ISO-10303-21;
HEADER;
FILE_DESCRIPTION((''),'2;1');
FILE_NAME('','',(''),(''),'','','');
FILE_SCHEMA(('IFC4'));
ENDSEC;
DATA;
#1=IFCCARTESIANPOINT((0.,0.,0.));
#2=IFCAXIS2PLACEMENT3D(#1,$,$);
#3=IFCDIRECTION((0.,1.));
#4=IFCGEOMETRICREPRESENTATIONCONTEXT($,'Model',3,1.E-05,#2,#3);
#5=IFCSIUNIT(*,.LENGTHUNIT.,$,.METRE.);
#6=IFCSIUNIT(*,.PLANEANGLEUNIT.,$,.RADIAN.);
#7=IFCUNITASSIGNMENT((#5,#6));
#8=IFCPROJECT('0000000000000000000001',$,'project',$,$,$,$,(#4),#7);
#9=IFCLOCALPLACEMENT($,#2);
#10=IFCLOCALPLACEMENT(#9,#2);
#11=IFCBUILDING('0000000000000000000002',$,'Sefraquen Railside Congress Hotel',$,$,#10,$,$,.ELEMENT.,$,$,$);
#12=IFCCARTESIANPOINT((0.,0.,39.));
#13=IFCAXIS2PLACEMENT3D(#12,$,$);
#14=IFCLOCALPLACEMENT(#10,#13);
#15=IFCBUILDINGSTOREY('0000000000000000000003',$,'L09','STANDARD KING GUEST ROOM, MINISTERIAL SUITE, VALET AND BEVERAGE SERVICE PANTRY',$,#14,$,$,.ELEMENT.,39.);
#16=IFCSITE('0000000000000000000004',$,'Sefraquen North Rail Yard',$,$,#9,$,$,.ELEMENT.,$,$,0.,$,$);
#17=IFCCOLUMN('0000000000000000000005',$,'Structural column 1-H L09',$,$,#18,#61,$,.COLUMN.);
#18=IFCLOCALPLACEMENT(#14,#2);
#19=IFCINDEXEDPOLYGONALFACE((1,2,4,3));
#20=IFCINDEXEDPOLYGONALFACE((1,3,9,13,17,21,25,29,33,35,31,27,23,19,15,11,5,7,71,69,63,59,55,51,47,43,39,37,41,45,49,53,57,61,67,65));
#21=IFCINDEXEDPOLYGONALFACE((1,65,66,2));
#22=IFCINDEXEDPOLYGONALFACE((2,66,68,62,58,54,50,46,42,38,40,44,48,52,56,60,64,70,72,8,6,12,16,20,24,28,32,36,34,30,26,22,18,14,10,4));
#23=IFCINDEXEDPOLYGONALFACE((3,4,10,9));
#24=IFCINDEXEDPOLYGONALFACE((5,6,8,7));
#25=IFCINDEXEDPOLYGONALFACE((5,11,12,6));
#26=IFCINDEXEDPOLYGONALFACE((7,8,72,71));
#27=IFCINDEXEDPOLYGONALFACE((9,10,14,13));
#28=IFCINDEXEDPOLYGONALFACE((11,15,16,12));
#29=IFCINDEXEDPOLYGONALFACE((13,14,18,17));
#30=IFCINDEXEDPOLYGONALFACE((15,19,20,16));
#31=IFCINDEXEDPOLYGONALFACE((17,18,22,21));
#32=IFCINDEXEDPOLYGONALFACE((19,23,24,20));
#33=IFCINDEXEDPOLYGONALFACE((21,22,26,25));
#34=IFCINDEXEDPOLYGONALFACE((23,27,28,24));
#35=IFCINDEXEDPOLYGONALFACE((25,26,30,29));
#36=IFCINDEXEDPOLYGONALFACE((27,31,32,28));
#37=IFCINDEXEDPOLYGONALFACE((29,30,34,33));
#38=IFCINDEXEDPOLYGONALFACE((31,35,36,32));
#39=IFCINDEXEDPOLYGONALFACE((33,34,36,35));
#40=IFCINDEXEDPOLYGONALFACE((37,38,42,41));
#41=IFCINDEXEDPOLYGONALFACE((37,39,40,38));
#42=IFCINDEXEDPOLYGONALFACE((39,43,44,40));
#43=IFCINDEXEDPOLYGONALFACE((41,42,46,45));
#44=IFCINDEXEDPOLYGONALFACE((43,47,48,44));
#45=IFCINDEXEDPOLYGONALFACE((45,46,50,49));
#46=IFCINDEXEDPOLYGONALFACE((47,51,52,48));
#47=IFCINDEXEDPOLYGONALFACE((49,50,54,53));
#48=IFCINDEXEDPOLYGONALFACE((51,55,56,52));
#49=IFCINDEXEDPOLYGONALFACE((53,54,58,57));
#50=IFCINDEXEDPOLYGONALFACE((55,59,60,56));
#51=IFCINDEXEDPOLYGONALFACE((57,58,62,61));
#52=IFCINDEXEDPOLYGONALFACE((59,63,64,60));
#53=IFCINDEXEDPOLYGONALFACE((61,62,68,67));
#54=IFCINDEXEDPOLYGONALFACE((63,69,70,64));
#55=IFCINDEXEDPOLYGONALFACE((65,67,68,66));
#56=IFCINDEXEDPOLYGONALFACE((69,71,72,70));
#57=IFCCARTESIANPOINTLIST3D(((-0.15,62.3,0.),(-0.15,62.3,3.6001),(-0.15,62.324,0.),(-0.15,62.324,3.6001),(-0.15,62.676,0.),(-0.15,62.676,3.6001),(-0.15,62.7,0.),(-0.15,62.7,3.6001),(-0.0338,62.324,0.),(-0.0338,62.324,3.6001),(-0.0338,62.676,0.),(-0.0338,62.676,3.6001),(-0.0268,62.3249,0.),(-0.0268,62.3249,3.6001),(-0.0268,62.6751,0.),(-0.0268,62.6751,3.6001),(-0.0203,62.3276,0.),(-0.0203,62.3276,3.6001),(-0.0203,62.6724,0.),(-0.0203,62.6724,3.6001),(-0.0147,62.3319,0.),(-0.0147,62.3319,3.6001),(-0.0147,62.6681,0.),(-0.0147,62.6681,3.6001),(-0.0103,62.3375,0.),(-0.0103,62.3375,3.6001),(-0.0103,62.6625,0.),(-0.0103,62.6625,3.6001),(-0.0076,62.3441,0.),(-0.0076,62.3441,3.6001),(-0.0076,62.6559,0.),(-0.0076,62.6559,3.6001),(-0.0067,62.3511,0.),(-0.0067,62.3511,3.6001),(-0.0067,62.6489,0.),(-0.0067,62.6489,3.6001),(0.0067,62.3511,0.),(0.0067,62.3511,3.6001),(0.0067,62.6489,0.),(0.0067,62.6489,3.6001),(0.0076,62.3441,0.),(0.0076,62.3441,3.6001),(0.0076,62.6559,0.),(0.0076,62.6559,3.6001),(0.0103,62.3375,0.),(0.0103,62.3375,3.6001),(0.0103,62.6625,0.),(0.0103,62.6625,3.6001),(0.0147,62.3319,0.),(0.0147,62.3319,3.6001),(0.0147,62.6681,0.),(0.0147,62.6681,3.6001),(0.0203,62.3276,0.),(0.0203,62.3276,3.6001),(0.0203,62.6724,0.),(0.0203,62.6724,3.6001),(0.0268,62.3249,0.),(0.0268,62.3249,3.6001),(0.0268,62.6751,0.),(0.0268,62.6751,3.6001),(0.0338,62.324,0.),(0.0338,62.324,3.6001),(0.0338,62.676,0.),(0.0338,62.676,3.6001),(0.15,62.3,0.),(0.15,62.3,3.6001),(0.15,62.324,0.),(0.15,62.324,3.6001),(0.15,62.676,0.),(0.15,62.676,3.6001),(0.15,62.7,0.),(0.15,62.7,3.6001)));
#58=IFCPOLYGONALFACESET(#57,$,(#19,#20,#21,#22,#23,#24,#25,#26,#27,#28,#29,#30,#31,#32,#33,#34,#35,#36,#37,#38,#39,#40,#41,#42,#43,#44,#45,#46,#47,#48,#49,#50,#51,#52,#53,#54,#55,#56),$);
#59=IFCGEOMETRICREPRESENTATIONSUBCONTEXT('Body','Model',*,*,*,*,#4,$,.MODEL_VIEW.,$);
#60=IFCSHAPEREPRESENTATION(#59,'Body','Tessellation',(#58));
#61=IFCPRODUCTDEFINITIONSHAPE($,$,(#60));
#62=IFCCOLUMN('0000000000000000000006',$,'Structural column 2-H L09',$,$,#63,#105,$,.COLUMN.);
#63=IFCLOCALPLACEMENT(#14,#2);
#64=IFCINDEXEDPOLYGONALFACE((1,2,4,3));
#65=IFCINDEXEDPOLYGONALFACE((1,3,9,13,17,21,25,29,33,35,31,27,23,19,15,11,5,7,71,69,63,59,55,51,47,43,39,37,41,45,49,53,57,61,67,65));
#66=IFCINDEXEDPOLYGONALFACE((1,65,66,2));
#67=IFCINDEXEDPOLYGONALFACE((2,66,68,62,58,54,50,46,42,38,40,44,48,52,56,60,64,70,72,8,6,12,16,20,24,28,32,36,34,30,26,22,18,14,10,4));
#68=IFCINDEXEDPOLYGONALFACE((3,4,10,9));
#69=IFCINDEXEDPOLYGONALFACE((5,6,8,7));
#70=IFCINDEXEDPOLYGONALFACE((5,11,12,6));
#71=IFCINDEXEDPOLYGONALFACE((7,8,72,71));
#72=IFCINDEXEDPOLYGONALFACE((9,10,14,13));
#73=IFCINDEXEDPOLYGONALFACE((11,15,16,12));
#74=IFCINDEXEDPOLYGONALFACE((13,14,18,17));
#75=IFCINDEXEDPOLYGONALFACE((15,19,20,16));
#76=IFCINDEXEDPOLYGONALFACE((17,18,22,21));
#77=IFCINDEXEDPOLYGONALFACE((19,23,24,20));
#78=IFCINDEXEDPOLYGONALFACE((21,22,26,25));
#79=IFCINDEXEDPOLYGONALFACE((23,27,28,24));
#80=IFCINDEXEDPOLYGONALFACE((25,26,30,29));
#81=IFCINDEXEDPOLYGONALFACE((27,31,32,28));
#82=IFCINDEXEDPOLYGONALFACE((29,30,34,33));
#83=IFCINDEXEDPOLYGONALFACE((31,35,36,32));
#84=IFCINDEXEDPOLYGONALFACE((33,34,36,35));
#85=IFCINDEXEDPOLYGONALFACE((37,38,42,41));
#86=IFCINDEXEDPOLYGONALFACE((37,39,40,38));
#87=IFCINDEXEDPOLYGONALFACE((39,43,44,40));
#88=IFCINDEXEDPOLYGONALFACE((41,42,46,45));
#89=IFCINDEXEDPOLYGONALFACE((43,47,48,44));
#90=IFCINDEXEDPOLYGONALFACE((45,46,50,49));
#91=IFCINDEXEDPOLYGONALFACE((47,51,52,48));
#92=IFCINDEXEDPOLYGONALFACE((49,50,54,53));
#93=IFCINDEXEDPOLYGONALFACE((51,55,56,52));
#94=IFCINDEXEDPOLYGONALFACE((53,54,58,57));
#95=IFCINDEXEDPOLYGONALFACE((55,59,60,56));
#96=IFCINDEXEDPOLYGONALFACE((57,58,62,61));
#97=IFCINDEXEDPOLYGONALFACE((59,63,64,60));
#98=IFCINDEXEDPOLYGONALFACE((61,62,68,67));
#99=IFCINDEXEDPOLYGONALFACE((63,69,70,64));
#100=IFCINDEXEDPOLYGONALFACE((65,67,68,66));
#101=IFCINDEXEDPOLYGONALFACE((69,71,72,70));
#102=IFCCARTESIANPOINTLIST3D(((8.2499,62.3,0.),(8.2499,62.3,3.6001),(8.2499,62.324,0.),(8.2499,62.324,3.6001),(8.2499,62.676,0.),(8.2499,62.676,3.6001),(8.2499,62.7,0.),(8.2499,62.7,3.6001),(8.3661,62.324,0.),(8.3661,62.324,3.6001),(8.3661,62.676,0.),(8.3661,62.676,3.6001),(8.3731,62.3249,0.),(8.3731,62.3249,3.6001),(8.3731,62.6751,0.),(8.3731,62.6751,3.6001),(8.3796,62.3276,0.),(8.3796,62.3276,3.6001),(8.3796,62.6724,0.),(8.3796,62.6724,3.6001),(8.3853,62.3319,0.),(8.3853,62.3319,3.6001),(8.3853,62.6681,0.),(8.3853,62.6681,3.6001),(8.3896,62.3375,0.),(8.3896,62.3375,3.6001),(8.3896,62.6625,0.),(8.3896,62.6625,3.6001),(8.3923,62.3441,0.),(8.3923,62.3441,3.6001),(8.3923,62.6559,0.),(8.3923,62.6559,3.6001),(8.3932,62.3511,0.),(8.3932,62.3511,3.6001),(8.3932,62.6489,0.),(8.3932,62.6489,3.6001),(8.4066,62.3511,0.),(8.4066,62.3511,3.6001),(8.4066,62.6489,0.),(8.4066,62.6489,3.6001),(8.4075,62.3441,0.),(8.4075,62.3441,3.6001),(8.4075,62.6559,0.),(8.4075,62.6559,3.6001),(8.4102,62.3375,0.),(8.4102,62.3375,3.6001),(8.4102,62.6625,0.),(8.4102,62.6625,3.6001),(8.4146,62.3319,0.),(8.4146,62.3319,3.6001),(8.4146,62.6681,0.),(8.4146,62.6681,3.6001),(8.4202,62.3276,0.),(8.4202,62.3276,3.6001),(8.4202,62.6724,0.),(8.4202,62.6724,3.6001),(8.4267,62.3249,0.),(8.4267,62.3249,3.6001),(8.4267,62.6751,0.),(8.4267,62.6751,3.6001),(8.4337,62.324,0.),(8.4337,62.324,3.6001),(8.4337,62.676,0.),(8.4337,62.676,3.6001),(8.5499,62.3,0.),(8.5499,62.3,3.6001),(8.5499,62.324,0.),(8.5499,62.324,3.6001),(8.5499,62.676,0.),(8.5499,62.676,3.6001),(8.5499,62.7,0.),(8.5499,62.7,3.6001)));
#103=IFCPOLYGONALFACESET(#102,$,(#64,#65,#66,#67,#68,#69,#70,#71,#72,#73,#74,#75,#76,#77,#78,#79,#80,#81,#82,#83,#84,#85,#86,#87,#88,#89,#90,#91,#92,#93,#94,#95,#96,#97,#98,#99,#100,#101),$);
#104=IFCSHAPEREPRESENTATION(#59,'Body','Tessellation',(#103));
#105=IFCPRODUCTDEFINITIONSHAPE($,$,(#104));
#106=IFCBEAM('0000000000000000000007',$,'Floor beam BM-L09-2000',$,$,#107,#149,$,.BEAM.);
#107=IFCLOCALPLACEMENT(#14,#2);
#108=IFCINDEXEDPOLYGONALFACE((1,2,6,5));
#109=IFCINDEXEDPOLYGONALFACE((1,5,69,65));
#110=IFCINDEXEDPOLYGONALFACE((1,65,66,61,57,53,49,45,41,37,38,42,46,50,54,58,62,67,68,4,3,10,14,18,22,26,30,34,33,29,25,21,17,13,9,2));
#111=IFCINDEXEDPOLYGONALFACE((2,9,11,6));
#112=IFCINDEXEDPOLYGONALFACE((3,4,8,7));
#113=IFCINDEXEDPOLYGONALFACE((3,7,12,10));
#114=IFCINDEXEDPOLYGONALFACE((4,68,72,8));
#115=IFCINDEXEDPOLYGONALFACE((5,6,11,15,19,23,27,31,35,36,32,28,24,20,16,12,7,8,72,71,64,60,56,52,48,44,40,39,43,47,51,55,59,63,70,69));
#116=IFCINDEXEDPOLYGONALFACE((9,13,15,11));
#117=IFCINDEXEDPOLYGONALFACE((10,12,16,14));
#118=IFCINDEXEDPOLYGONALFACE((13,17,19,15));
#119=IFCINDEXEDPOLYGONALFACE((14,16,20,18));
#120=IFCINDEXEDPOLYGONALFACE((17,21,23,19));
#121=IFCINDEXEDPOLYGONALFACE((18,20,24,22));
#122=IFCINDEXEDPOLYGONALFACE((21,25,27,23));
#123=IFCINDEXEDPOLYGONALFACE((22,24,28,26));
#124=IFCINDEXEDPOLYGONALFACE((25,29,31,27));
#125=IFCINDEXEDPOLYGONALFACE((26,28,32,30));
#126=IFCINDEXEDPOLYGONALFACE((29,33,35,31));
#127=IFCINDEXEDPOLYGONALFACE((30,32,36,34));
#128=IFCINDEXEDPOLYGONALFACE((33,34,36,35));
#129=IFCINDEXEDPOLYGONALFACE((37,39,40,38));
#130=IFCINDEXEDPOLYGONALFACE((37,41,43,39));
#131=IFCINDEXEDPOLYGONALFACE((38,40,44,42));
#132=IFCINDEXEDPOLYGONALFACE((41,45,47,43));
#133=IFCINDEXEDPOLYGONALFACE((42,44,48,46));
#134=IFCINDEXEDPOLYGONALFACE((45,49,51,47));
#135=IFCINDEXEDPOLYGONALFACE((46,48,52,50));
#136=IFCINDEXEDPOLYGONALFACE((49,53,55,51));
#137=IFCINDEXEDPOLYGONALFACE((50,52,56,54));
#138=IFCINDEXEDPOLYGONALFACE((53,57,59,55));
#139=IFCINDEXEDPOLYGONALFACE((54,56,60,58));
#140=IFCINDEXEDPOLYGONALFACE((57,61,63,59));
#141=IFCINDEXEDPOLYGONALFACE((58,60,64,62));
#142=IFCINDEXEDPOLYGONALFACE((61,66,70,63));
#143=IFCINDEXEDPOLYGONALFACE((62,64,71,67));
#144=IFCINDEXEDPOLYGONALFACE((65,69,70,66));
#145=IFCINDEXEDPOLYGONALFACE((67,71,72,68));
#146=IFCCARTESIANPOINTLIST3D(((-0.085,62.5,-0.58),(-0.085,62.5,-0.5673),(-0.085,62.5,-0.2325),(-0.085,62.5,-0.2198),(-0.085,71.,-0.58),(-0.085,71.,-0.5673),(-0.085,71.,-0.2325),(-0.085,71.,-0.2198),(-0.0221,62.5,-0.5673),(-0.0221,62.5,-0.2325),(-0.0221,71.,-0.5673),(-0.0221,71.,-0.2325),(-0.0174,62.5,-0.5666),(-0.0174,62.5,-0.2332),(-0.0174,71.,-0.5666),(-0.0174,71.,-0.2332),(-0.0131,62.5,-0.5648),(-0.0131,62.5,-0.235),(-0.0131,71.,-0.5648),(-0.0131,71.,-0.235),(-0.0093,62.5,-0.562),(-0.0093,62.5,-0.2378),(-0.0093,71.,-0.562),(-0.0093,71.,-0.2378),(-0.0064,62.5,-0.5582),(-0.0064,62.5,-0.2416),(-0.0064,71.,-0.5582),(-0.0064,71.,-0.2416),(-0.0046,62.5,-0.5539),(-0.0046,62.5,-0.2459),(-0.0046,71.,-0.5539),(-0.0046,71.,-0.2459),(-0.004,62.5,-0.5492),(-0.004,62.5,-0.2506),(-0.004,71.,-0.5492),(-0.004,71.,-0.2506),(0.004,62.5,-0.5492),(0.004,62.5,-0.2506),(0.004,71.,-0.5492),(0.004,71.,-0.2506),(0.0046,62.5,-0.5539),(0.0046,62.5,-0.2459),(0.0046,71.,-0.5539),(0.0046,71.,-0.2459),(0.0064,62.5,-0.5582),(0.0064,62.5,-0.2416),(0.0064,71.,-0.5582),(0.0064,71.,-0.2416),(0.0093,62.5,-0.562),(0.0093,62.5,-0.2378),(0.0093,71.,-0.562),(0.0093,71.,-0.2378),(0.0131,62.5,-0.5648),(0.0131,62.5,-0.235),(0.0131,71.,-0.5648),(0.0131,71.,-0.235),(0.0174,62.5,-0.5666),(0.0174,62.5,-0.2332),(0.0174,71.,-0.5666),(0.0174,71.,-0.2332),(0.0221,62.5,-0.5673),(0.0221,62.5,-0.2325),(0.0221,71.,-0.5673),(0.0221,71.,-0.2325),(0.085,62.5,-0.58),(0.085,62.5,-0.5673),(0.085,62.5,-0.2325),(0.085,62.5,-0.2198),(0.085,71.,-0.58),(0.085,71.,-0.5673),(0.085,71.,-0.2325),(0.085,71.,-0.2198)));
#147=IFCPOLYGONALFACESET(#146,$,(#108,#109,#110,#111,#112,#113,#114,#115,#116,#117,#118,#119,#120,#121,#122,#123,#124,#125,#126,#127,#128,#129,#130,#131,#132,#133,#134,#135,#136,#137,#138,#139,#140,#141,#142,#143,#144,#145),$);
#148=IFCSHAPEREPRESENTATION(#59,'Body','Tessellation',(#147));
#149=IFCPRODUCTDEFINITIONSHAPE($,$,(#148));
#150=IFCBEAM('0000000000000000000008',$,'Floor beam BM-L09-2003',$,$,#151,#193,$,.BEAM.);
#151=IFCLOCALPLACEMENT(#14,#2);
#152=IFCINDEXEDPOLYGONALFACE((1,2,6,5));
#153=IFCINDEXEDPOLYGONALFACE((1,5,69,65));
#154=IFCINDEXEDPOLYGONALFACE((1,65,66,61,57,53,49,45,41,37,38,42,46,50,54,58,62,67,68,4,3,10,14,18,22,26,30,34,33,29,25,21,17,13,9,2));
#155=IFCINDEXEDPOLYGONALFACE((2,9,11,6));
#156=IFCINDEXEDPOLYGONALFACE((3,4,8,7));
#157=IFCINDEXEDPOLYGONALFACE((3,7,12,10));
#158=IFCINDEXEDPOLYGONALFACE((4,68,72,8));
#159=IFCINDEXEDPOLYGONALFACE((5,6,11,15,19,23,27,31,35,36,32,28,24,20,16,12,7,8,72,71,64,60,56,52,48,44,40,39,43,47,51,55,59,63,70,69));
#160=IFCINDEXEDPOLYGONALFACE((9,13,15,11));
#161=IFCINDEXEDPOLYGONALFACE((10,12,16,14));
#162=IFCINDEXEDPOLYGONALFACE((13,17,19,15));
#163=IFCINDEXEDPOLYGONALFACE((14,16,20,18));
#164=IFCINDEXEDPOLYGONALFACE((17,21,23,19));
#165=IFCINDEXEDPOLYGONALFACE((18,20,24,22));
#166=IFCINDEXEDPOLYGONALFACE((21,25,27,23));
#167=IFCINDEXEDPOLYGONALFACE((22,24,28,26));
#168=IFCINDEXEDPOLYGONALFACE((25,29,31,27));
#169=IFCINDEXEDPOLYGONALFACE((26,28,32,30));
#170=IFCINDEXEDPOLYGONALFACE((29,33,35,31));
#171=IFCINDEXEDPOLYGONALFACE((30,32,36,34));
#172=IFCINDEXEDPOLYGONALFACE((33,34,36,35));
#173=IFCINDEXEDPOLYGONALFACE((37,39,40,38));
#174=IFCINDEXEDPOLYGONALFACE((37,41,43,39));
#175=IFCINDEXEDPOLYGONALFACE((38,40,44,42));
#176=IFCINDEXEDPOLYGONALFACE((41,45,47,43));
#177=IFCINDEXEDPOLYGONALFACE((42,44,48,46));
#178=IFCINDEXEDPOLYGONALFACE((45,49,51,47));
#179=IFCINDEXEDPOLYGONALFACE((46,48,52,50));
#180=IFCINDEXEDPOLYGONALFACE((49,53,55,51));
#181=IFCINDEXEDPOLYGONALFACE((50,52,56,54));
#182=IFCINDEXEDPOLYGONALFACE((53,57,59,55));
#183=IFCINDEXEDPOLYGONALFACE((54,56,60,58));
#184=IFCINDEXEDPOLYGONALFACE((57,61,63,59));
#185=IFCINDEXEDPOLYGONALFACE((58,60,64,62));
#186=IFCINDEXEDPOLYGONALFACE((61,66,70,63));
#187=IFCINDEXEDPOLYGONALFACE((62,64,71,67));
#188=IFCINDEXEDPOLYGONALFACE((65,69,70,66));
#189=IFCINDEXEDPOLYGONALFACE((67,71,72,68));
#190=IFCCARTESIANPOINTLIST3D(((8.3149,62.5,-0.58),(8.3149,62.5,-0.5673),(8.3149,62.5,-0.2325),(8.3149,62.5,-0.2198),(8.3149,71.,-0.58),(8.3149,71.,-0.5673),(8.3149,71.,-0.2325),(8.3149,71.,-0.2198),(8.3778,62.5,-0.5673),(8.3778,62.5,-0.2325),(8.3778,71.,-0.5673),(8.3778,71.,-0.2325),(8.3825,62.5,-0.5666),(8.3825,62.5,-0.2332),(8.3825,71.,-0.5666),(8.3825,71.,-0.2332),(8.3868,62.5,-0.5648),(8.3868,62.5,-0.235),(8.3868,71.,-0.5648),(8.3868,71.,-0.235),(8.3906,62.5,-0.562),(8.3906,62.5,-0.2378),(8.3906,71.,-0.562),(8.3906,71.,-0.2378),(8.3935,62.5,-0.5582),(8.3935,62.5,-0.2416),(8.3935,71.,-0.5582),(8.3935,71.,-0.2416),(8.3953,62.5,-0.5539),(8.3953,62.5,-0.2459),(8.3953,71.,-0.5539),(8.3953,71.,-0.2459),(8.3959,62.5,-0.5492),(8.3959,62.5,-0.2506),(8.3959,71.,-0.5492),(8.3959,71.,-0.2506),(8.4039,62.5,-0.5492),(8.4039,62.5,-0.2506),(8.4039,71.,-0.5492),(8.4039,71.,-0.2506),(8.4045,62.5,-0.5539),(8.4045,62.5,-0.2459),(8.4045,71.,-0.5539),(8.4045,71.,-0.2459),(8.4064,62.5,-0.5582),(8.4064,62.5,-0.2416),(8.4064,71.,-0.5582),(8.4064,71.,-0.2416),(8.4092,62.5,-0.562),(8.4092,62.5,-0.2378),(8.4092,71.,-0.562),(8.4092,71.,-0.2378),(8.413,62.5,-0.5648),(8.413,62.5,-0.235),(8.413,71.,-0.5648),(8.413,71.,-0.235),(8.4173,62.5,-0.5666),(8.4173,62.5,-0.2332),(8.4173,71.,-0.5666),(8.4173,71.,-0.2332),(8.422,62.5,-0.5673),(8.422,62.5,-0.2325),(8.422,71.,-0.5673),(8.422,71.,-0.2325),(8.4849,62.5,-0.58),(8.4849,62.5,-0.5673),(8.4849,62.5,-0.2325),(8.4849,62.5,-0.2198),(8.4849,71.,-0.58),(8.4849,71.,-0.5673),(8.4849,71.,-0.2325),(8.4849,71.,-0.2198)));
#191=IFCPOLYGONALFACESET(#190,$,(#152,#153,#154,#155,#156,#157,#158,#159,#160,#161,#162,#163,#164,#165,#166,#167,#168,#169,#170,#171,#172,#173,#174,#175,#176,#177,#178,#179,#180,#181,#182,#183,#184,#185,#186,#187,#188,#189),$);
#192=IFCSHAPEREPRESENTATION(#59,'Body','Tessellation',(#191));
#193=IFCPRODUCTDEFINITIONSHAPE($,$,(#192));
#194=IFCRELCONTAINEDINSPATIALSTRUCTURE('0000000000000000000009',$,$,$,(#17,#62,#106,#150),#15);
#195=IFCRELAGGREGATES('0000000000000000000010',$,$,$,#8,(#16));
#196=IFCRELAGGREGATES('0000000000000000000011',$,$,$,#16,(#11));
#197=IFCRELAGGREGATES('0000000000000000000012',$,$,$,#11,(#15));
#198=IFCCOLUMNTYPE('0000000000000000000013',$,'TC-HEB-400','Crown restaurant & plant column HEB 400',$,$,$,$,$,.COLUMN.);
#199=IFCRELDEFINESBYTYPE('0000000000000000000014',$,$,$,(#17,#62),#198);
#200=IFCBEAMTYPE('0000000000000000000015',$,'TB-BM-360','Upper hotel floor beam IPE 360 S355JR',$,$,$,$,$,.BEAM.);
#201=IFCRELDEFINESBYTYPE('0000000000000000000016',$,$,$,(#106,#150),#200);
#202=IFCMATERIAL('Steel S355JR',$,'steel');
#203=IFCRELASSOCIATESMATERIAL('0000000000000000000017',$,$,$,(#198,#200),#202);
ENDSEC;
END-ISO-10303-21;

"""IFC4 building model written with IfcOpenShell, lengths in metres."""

from ifc_helpers import new_model, si_unit, direction, frame, origin, origin_2d, place, context, subcontext, project, spatial, i_section, extrude, material, material_profile, profile_set, type_object, element, save


model = new_model("IFC4")

# Units and contexts
model_context = context("Model", 3, precision=1e-05, world=origin(), true_north=direction((0.0, 1.0)))
body_context = subcontext(model_context, "Body", "Model", "MODEL_VIEW")
ifc_project = project(units=[si_unit("LENGTHUNIT", "METRE"), si_unit("PLANEANGLEUNIT", "RADIAN")], contexts=[model_context])

# Site, building, storey
site_placement = place(None, origin())
site = spatial("IfcSite", under=ifc_project, at=site_placement, Name="Sefraquen North Rail Yard", CompositionType="ELEMENT", RefElevation=0.0)
building_placement = place(site_placement, origin())
building = spatial("IfcBuilding", under=site, at=building_placement, Name="Sefraquen Railside Congress Hotel", CompositionType="ELEMENT")
storey_placement = place(building_placement, frame((0.0, 0.0, 39.0)))
storey = spatial("IfcBuildingStorey", under=building, at=storey_placement, Name="L09", Description="STANDARD KING GUEST ROOM, MINISTERIAL SUITE, VALET AND BEVERAGE SERVICE PANTRY", CompositionType="ELEMENT", Elevation=39.0)

# Columns
ifc_material_1 = material(Name="Steel S355JR", Category="steel")
ifc_material_profile_1 = material_profile(ifc_material_1, i_section(OverallWidth=0.3, OverallDepth=0.3999, WebThickness=0.0134, FlangeThickness=0.0239, FilletRadius=0.0271, at=origin_2d()), Name="HEB 400")
ifc_profile_set_1 = profile_set([ifc_material_profile_1], Name="Steel S355JR")
column_type = type_object("IfcColumnType", Name="TC-HEB-400", Description="Crown restaurant & plant column HEB 400", PredefinedType="COLUMN", material=ifc_profile_set_1)
for number, where, z_axis, x_axis, name in (
    (1, (0.0, 62.5, 0.0), (0.0, 0.0, 1.0), (1.0, 0.0, 0.0), "Structural column 1-H L09"),
    (2, (8.3999, 62.5, 0.0), (0.0, 0.0, 1.0), (1.0, 0.0, 0.0), "Structural column 2-H L09"),
):
    element("IfcColumn", number, at=place(storey_placement, frame(where, z_axis=z_axis, x_axis=x_axis)), inside=storey, type_object=column_type, Name=name, PredefinedType="COLUMN", context=body_context, shape_type="SweptSolid", body=[
        extrude(i_section(OverallWidth=0.3, OverallDepth=0.3999, WebThickness=0.0134, FlangeThickness=0.0239, FilletRadius=0.0271, at=origin_2d()), origin(), (0.0, 0.0, 1.0), 3.6001),
    ])

# Beams
ifc_material_profile_2 = material_profile(ifc_material_1, i_section(OverallWidth=0.1699, OverallDepth=0.3601, WebThickness=0.0081, FlangeThickness=0.0127, FilletRadius=0.0181, at=origin_2d()), Name="IPE 360")
ifc_profile_set_2 = profile_set([ifc_material_profile_2], Name="Steel S355JR")
beam_type_1 = type_object("IfcBeamType", Name="TB-BM-360", Description="Upper hotel floor beam IPE 360 S355JR", PredefinedType="BEAM", material=ifc_profile_set_2)
for number, where, z_axis, x_axis, name in (
    (3, (0.0, 62.5, -0.3999), (0.0, 1.0, 0.0), (-1.0, 0.0, 0.0), "Floor beam BM-L09-2000"),
    (4, (8.3999, 62.5, -0.3999), (0.0, 1.0, 0.0), (-1.0, 0.0, 0.0), "Floor beam BM-L09-2003"),
):
    element("IfcBeam", number, at=place(storey_placement, frame(where, z_axis=z_axis, x_axis=x_axis)), inside=storey, type_object=beam_type_1, Name=name, PredefinedType="BEAM", context=body_context, shape_type="SweptSolid", body=[
        extrude(i_section(OverallWidth=0.1699, OverallDepth=0.3601, WebThickness=0.0081, FlangeThickness=0.0127, FilletRadius=0.0181, at=origin_2d()), origin(), (0.0, 0.0, 1.0), 8.5),
    ])

save(model, "model.ifc")
